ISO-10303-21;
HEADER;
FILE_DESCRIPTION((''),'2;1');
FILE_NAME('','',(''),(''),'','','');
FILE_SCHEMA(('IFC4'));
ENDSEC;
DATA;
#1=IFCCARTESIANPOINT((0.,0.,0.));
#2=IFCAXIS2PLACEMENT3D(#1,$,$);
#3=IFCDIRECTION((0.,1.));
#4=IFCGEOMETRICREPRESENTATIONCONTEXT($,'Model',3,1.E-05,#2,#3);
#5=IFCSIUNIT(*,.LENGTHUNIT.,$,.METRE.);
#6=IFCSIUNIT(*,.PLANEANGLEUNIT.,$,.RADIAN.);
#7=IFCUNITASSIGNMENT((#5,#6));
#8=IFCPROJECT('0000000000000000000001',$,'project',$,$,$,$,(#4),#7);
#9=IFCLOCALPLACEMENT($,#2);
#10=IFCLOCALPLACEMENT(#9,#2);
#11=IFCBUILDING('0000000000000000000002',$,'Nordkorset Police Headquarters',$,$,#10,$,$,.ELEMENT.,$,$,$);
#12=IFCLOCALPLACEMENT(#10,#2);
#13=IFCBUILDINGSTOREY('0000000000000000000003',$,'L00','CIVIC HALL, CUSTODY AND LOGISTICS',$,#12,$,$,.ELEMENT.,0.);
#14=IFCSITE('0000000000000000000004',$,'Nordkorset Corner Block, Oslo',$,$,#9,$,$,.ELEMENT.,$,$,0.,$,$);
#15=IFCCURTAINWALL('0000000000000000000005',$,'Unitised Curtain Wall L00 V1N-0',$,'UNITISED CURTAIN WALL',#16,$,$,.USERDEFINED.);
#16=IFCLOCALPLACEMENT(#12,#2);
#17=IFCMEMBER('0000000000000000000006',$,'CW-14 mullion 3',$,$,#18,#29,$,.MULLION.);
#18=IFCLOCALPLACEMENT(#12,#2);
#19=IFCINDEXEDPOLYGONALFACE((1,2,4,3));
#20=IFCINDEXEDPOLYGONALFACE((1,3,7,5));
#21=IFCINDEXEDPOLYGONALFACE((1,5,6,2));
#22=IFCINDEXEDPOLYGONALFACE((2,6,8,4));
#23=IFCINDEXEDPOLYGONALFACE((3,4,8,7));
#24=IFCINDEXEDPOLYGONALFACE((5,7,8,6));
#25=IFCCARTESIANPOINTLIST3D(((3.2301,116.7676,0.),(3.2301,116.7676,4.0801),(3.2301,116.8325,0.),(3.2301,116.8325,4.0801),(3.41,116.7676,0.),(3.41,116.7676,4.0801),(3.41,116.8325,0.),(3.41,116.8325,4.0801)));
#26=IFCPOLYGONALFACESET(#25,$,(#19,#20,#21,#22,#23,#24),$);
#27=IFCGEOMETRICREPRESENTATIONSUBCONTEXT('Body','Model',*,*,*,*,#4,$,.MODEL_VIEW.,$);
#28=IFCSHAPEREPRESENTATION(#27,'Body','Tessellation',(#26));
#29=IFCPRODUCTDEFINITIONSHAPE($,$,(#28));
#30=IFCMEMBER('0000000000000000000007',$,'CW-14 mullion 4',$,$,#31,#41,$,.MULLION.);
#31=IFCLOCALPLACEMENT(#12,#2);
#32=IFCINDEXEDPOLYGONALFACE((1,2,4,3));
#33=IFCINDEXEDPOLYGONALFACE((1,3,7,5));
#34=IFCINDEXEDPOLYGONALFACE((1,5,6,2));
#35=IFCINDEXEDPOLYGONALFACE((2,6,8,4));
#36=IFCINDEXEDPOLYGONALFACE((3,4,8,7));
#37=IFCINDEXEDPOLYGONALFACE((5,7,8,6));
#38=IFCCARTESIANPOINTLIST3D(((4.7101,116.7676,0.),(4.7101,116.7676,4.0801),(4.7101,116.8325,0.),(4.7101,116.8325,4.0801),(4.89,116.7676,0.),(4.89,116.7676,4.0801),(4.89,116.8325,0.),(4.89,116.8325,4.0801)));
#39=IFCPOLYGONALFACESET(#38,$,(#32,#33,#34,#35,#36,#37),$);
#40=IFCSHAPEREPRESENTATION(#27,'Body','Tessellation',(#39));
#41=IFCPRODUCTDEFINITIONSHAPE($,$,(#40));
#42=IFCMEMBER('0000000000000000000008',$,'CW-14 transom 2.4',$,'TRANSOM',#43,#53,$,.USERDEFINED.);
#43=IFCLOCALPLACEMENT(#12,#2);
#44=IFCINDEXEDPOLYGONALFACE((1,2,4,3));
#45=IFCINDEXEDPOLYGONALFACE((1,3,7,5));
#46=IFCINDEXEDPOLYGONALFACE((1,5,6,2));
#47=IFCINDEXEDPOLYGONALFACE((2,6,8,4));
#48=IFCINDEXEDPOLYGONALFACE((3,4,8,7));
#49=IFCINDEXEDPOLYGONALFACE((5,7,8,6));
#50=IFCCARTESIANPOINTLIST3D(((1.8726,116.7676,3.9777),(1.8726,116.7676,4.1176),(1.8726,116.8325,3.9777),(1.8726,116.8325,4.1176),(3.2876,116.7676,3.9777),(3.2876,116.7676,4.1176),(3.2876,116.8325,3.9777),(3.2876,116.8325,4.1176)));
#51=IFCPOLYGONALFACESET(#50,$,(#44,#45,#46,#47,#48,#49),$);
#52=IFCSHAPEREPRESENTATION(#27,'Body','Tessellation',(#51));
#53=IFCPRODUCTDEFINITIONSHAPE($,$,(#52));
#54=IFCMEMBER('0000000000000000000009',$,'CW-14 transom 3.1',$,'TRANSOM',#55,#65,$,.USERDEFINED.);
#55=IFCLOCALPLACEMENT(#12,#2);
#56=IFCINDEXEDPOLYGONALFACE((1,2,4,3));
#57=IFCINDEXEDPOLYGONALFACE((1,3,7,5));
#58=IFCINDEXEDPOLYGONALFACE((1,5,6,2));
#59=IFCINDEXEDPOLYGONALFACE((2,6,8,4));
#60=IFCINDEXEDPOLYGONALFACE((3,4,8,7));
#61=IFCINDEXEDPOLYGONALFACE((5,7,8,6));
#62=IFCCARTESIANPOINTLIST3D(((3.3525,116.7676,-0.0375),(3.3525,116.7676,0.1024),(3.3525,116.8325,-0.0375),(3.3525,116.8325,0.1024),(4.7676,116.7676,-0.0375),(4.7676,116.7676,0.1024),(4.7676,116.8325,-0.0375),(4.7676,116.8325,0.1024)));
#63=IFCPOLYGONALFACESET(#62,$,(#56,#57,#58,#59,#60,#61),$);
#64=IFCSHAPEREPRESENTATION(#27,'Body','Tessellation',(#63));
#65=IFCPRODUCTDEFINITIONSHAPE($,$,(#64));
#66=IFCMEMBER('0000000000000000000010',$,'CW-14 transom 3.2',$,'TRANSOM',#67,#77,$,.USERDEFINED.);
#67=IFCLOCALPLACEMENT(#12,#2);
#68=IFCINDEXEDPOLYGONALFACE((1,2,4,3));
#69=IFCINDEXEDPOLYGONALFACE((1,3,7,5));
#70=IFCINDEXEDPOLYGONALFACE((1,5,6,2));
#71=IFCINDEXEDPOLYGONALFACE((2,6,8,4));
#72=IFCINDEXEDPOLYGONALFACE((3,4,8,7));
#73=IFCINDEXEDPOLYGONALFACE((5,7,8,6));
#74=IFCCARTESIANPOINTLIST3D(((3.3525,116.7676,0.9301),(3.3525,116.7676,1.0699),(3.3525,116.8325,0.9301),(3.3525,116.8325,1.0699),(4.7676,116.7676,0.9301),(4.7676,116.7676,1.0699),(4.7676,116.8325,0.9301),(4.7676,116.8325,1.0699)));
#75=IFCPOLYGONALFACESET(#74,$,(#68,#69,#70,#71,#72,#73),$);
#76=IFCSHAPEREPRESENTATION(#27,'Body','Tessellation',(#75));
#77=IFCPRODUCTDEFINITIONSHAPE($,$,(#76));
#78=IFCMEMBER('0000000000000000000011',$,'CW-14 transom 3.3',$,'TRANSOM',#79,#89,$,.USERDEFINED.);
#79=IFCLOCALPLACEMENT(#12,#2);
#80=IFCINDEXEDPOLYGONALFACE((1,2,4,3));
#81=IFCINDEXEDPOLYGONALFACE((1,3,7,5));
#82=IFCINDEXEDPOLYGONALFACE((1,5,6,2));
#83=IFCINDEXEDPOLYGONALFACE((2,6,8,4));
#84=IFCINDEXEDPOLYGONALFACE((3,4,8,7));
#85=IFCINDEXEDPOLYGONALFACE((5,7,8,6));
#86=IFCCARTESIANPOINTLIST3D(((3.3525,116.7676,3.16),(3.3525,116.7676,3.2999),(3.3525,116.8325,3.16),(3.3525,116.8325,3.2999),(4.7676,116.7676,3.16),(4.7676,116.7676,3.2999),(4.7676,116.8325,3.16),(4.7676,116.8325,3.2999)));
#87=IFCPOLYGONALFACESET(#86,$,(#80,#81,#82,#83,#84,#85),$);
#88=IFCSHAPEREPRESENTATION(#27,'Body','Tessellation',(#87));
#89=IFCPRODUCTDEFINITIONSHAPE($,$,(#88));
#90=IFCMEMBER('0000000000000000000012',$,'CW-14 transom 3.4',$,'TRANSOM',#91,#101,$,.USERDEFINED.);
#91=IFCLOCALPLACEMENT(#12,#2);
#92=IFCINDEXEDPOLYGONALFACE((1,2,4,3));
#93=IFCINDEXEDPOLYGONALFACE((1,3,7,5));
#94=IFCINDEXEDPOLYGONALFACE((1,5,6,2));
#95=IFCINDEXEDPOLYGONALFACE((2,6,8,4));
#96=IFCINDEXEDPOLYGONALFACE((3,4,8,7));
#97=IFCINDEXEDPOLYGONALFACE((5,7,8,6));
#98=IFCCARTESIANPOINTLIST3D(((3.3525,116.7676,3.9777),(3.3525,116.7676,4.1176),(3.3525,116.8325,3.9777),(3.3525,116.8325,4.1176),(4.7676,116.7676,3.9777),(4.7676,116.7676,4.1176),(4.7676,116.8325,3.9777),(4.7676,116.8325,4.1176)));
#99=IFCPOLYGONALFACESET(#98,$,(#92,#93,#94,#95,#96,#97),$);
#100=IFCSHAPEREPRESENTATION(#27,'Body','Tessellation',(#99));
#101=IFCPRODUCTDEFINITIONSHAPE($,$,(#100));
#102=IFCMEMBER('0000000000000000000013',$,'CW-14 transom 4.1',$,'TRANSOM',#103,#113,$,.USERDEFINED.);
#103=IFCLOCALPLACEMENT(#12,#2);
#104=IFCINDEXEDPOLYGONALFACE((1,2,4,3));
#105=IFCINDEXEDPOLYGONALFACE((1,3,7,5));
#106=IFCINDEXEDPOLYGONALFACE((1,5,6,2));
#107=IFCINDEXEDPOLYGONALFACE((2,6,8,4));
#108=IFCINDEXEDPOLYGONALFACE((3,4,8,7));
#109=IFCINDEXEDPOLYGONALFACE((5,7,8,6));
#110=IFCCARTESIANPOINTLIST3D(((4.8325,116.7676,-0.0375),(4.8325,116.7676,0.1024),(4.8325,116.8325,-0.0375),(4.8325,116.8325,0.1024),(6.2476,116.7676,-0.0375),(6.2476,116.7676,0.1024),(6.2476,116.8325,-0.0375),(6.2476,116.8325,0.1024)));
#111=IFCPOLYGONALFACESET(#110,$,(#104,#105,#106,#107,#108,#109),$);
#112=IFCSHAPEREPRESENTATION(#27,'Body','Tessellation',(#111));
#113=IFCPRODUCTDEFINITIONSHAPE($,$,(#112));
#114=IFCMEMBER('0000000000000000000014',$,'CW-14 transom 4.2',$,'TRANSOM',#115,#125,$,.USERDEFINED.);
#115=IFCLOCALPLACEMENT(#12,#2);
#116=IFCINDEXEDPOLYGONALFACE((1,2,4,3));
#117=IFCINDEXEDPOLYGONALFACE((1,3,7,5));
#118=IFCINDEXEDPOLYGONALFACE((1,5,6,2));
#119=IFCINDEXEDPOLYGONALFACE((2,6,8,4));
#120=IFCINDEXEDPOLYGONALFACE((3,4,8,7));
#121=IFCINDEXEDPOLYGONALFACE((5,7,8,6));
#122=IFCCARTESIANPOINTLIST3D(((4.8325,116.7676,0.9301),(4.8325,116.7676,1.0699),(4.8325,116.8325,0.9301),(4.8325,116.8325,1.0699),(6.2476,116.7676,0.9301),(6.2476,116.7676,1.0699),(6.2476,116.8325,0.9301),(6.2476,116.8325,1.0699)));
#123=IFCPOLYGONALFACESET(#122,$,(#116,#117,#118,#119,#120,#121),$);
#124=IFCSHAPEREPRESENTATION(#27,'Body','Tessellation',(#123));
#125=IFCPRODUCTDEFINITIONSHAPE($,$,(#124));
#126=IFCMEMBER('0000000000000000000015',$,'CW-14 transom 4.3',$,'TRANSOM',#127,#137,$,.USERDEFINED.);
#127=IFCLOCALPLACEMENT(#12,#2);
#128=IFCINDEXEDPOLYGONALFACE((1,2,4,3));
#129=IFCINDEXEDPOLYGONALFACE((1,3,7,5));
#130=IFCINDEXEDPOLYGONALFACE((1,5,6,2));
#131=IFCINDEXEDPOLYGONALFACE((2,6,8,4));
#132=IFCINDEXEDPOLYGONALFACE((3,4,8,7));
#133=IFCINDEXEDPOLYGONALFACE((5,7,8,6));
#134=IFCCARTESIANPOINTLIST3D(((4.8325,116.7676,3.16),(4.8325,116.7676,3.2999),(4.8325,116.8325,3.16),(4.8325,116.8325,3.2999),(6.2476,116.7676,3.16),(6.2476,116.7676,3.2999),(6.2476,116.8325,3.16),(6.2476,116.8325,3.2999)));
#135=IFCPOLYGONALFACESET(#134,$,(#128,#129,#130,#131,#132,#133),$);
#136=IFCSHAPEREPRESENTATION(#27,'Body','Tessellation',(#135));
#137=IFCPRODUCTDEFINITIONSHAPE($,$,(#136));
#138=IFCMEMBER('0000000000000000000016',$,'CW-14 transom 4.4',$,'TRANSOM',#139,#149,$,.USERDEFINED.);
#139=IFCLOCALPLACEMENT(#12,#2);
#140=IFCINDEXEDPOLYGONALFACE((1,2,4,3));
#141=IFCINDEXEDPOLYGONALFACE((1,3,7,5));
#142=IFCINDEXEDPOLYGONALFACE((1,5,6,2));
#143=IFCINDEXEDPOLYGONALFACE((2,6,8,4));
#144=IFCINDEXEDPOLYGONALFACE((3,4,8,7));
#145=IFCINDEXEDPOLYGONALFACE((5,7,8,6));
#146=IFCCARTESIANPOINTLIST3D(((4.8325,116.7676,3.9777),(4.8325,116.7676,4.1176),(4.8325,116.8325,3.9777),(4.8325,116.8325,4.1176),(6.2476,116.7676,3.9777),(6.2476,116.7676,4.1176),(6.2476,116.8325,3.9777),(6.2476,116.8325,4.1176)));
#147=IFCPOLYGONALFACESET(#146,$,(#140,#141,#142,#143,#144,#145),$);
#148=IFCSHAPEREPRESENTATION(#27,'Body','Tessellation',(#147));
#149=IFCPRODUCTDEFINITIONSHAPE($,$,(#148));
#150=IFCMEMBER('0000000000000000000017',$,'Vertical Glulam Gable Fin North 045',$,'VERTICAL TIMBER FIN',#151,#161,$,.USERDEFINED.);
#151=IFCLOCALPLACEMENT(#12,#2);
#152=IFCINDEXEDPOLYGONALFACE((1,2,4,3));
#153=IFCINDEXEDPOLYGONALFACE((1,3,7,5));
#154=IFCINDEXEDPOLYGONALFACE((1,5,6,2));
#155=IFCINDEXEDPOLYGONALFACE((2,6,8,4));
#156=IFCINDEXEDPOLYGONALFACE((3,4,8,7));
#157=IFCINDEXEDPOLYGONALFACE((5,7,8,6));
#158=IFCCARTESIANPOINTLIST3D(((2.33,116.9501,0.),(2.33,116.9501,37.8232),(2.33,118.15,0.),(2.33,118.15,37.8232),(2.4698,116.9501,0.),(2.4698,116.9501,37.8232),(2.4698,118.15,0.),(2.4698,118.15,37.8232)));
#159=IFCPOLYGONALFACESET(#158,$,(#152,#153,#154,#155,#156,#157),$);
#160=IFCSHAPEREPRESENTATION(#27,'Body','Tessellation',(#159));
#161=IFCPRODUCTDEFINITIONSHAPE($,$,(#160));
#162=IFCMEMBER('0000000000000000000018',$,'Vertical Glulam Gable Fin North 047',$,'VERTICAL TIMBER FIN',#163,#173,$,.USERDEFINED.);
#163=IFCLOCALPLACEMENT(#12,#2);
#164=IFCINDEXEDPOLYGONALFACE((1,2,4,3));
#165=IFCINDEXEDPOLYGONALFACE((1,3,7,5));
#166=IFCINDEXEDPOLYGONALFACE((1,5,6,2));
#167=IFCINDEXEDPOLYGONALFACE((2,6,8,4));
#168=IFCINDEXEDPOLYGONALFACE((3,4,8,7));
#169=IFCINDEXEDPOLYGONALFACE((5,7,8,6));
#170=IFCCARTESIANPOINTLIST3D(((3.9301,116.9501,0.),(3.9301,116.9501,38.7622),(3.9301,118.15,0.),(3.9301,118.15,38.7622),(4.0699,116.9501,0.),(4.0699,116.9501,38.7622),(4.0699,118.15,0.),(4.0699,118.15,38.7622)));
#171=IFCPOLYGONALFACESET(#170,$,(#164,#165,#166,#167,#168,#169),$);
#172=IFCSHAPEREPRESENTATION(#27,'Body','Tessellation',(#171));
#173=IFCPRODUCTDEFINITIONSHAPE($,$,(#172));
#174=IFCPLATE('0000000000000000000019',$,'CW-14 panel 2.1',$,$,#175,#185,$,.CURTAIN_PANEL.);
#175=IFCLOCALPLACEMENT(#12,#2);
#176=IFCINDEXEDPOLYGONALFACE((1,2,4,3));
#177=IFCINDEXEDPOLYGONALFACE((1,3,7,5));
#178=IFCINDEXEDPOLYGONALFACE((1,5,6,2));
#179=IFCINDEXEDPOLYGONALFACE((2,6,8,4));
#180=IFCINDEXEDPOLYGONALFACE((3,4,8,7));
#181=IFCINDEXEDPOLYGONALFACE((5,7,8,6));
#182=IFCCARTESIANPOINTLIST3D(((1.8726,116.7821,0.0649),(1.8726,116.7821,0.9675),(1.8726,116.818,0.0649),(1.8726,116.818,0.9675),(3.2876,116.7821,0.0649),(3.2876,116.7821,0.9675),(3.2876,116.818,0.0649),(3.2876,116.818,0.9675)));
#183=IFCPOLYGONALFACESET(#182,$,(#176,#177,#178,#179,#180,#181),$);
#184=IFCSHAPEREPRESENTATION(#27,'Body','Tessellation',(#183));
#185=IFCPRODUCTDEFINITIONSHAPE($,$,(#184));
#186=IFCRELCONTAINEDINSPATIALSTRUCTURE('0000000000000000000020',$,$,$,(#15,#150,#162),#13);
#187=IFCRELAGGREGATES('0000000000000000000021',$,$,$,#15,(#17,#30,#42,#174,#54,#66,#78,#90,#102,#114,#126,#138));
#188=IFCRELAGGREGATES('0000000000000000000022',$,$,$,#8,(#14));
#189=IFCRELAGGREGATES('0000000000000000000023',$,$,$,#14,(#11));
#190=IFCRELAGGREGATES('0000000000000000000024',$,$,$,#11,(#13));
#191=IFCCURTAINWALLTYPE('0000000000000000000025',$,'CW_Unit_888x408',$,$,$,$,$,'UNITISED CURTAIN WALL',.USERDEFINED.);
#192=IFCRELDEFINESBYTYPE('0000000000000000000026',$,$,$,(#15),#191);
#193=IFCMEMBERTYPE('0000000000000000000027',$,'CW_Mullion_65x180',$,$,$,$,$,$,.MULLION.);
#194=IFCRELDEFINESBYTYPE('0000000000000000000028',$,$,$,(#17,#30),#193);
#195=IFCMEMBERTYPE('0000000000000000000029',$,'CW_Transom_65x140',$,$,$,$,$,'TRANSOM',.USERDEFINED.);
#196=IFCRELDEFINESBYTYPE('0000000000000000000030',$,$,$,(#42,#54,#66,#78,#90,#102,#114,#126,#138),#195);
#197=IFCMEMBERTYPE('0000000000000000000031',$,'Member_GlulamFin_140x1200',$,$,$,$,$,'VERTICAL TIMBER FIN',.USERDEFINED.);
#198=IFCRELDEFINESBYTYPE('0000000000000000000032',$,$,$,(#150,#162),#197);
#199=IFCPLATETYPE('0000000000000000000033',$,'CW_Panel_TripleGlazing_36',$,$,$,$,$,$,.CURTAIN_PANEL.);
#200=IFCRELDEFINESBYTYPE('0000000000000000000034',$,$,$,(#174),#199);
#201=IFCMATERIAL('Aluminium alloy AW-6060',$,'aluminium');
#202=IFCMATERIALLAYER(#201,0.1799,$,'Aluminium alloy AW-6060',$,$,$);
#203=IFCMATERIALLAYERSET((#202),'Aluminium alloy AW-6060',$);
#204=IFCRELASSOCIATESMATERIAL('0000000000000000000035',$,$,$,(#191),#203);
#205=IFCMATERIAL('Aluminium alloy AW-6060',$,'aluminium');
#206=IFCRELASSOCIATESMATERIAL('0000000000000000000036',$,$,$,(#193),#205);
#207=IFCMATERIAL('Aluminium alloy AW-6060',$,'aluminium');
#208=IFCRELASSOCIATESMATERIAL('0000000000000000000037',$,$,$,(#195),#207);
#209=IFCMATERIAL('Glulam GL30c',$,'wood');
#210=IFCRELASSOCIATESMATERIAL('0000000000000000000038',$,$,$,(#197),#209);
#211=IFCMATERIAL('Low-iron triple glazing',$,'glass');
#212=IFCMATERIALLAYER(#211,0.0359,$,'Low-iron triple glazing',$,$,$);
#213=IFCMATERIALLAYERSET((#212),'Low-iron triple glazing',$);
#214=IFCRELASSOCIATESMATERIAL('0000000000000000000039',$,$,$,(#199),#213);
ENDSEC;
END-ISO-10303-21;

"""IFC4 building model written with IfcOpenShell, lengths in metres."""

from ifc_helpers import new_model, si_unit, direction, frame, origin, origin_2d, place, context, subcontext, project, spatial, rectangle, extrude, material, layer, layer_set, material_profile, profile_set, type_object, element, aggregate, save


model = new_model("IFC4")

# Units and contexts
model_context = context("Model", 3, precision=1e-05, world=origin(), true_north=direction((0.0, 1.0)))
body_context = subcontext(model_context, "Body", "Model", "MODEL_VIEW")
ifc_project = project(units=[si_unit("LENGTHUNIT", "METRE"), si_unit("PLANEANGLEUNIT", "RADIAN")], contexts=[model_context])

# Site, building, storey
site_placement = place(None, origin())
site = spatial("IfcSite", under=ifc_project, at=site_placement, Name="Nordkorset Corner Block, Oslo", CompositionType="ELEMENT", RefElevation=0.0)
building_placement = place(site_placement, origin())
building = spatial("IfcBuilding", under=site, at=building_placement, Name="Nordkorset Police Headquarters", CompositionType="ELEMENT")
storey_placement = place(building_placement, origin())
storey = spatial("IfcBuildingStorey", under=building, at=storey_placement, Name="L00", Description="CIVIC HALL, CUSTODY AND LOGISTICS", CompositionType="ELEMENT", Elevation=0.0)

# Curtain wall, members
ifc_material_1 = material(Name="Aluminium alloy AW-6060", Category="aluminium")
ifc_layer_1 = layer(ifc_material_1, 0.1799, Name="Aluminium alloy AW-6060")
ifc_layer_set_1 = layer_set([ifc_layer_1], Name="Aluminium alloy AW-6060")
curtain_wall_type = type_object("IfcCurtainWallType", Name="CW_Unit_888x408", ElementType="UNITISED CURTAIN WALL", PredefinedType="USERDEFINED", material=ifc_layer_set_1)
curtain_wall_placement = place(storey_placement, origin())
curtain_wall = element("IfcCurtainWall", 1, at=curtain_wall_placement, inside=storey, type_object=curtain_wall_type, Name="Unitised Curtain Wall L00 V1N-0", ObjectType="UNITISED CURTAIN WALL", PredefinedType="USERDEFINED")
ifc_material_2 = material(Name="Aluminium alloy AW-6060", Category="aluminium")
ifc_material_profile_1 = material_profile(ifc_material_2, rectangle(XDim=0.0649, YDim=0.1799, at=origin_2d()), Name="ALU MULL 65x180")
ifc_profile_set_1 = profile_set([ifc_material_profile_1], Name="Aluminium alloy AW-6060")
member_type_1 = type_object("IfcMemberType", Name="CW_Mullion_65x180", PredefinedType="MULLION", material=ifc_profile_set_1)
member_1_placement = place(storey_placement, frame((3.3201, 116.8, 0.0), z_axis=(0.0, 0.0, 1.0), x_axis=(0.0, 1.0, 0.0)))
member_1 = element("IfcMember", 2, at=member_1_placement, type_object=member_type_1, Name="CW-14 mullion 3", PredefinedType="MULLION", context=body_context, shape_type="SweptSolid", body=[
    extrude(rectangle(XDim=0.0649, YDim=0.1799, at=origin_2d()), origin(), (0.0, 0.0, 1.0), 4.0801),
])
member_2_placement = place(storey_placement, frame((4.8, 116.8, 0.0), z_axis=(0.0, 0.0, 1.0), x_axis=(0.0, 1.0, 0.0)))
member_2 = element("IfcMember", 3, at=member_2_placement, type_object=member_type_1, Name="CW-14 mullion 4", PredefinedType="MULLION", context=body_context, shape_type="SweptSolid", body=[
    extrude(rectangle(XDim=0.0649, YDim=0.1799, at=origin_2d()), origin(), (0.0, 0.0, 1.0), 4.0801),
])
ifc_material_3 = material(Name="Aluminium alloy AW-6060", Category="aluminium")
ifc_material_profile_2 = material_profile(ifc_material_3, rectangle(XDim=0.0649, YDim=0.1399, at=origin_2d()), Name="ALU TRAN 65x140")
ifc_profile_set_2 = profile_set([ifc_material_profile_2], Name="Aluminium alloy AW-6060")
member_type_2 = type_object("IfcMemberType", Name="CW_Transom_65x140", ElementType="TRANSOM", PredefinedType="USERDEFINED", material=ifc_profile_set_2)
member_3_placement = place(storey_placement, frame((1.8726, 116.8, 4.0476), z_axis=(1.0, 0.0, 0.0), x_axis=(0.0, 1.0, 0.0)))
member_3 = element("IfcMember", 4, at=member_3_placement, type_object=member_type_2, Name="CW-14 transom 2.4", ObjectType="TRANSOM", PredefinedType="USERDEFINED", context=body_context, shape_type="SweptSolid", body=[
    extrude(rectangle(XDim=0.0649, YDim=0.1399, at=origin_2d()), origin(), (0.0, 0.0, 1.0), 1.415),
])
member_4_placement = place(storey_placement, frame((3.3525, 116.8, 0.0325), z_axis=(1.0, 0.0, 0.0), x_axis=(0.0, 1.0, 0.0)))
member_4 = element("IfcMember", 5, at=member_4_placement, type_object=member_type_2, Name="CW-14 transom 3.1", ObjectType="TRANSOM", PredefinedType="USERDEFINED", context=body_context, shape_type="SweptSolid", body=[
    extrude(rectangle(XDim=0.0649, YDim=0.1399, at=origin_2d()), origin(), (0.0, 0.0, 1.0), 1.415),
])
member_5_placement = place(storey_placement, frame((3.3525, 116.8, 1.0), z_axis=(1.0, 0.0, 0.0), x_axis=(0.0, 1.0, 0.0)))
member_5 = element("IfcMember", 6, at=member_5_placement, type_object=member_type_2, Name="CW-14 transom 3.2", ObjectType="TRANSOM", PredefinedType="USERDEFINED", context=body_context, shape_type="SweptSolid", body=[
    extrude(rectangle(XDim=0.0649, YDim=0.1399, at=origin_2d()), origin(), (0.0, 0.0, 1.0), 1.415),
])
member_6_placement = place(storey_placement, frame((3.3525, 116.8, 3.23), z_axis=(1.0, 0.0, 0.0), x_axis=(0.0, 1.0, 0.0)))
member_6 = element("IfcMember", 7, at=member_6_placement, type_object=member_type_2, Name="CW-14 transom 3.3", ObjectType="TRANSOM", PredefinedType="USERDEFINED", context=body_context, shape_type="SweptSolid", body=[
    extrude(rectangle(XDim=0.0649, YDim=0.1399, at=origin_2d()), origin(), (0.0, 0.0, 1.0), 1.415),
])
member_7_placement = place(storey_placement, frame((3.3525, 116.8, 4.0476), z_axis=(1.0, 0.0, 0.0), x_axis=(0.0, 1.0, 0.0)))
member_7 = element("IfcMember", 8, at=member_7_placement, type_object=member_type_2, Name="CW-14 transom 3.4", ObjectType="TRANSOM", PredefinedType="USERDEFINED", context=body_context, shape_type="SweptSolid", body=[
    extrude(rectangle(XDim=0.0649, YDim=0.1399, at=origin_2d()), origin(), (0.0, 0.0, 1.0), 1.415),
])
member_8_placement = place(storey_placement, frame((4.8325, 116.8, 0.0325), z_axis=(1.0, 0.0, 0.0), x_axis=(0.0, 1.0, 0.0)))
member_8 = element("IfcMember", 9, at=member_8_placement, type_object=member_type_2, Name="CW-14 transom 4.1", ObjectType="TRANSOM", PredefinedType="USERDEFINED", context=body_context, shape_type="SweptSolid", body=[
    extrude(rectangle(XDim=0.0649, YDim=0.1399, at=origin_2d()), origin(), (0.0, 0.0, 1.0), 1.415),
])
member_9_placement = place(storey_placement, frame((4.8325, 116.8, 1.0), z_axis=(1.0, 0.0, 0.0), x_axis=(0.0, 1.0, 0.0)))
member_9 = element("IfcMember", 10, at=member_9_placement, type_object=member_type_2, Name="CW-14 transom 4.2", ObjectType="TRANSOM", PredefinedType="USERDEFINED", context=body_context, shape_type="SweptSolid", body=[
    extrude(rectangle(XDim=0.0649, YDim=0.1399, at=origin_2d()), origin(), (0.0, 0.0, 1.0), 1.415),
])
member_10_placement = place(storey_placement, frame((4.8325, 116.8, 3.23), z_axis=(1.0, 0.0, 0.0), x_axis=(0.0, 1.0, 0.0)))
member_10 = element("IfcMember", 11, at=member_10_placement, type_object=member_type_2, Name="CW-14 transom 4.3", ObjectType="TRANSOM", PredefinedType="USERDEFINED", context=body_context, shape_type="SweptSolid", body=[
    extrude(rectangle(XDim=0.0649, YDim=0.1399, at=origin_2d()), origin(), (0.0, 0.0, 1.0), 1.415),
])
member_11_placement = place(storey_placement, frame((4.8325, 116.8, 4.0476), z_axis=(1.0, 0.0, 0.0), x_axis=(0.0, 1.0, 0.0)))
member_11 = element("IfcMember", 12, at=member_11_placement, type_object=member_type_2, Name="CW-14 transom 4.4", ObjectType="TRANSOM", PredefinedType="USERDEFINED", context=body_context, shape_type="SweptSolid", body=[
    extrude(rectangle(XDim=0.0649, YDim=0.1399, at=origin_2d()), origin(), (0.0, 0.0, 1.0), 1.415),
])

# Members
ifc_material_4 = material(Name="Glulam GL30c", Category="wood")
ifc_material_profile_3 = material_profile(ifc_material_4, rectangle(XDim=0.1399, YDim=1.2, at=origin_2d()), Name="GL30C FIN 140x1200")
ifc_profile_set_3 = profile_set([ifc_material_profile_3], Name="Glulam GL30c")
member_type_3 = type_object("IfcMemberType", Name="Member_GlulamFin_140x1200", ElementType="VERTICAL TIMBER FIN", PredefinedType="USERDEFINED", material=ifc_profile_set_3)
member_12_placement = place(storey_placement, frame((2.3999, 117.55, 0.0), z_axis=(0.0, 0.0, 1.0), x_axis=(1.0, 0.0, 0.0)))
element("IfcMember", 13, at=member_12_placement, inside=storey, type_object=member_type_3, Name="Vertical Glulam Gable Fin North 045", ObjectType="VERTICAL TIMBER FIN", PredefinedType="USERDEFINED", context=body_context, shape_type="SweptSolid", body=[
    extrude(rectangle(XDim=0.1399, YDim=1.2, at=origin_2d()), origin(), (0.0, 0.0, 1.0), 37.8232),
])
member_13_placement = place(storey_placement, frame((4.0, 117.55, 0.0), z_axis=(0.0, 0.0, 1.0), x_axis=(1.0, 0.0, 0.0)))
element("IfcMember", 14, at=member_13_placement, inside=storey, type_object=member_type_3, Name="Vertical Glulam Gable Fin North 047", ObjectType="VERTICAL TIMBER FIN", PredefinedType="USERDEFINED", context=body_context, shape_type="SweptSolid", body=[
    extrude(rectangle(XDim=0.1399, YDim=1.2, at=origin_2d()), origin(), (0.0, 0.0, 1.0), 38.7622),
])

# Plate
ifc_material_5 = material(Name="Low-iron triple glazing", Category="glass")
ifc_layer_2 = layer(ifc_material_5, 0.0359, Name="Low-iron triple glazing")
ifc_layer_set_2 = layer_set([ifc_layer_2], Name="Low-iron triple glazing")
plate_type = type_object("IfcPlateType", Name="CW_Panel_TripleGlazing_36", PredefinedType="CURTAIN_PANEL", material=ifc_layer_set_2)
plate_1_placement = place(storey_placement, frame((2.5801, 116.8, 0.0649), z_axis=(0.0, 0.0, 1.0), x_axis=(1.0, 0.0, 0.0)))
plate_1 = element("IfcPlate", 15, at=plate_1_placement, type_object=plate_type, Name="CW-14 panel 2.1", PredefinedType="CURTAIN_PANEL", context=body_context, shape_type="SweptSolid", body=[
    extrude(rectangle(XDim=1.415, YDim=0.0359, at=origin_2d()), origin(), (0.0, 0.0, 1.0), 0.9026),
])
aggregate(curtain_wall, [member_1, member_2, member_3, plate_1, member_4, member_5, member_6, member_7, member_8, member_9, member_10, member_11])

save(model, "model.ifc")
